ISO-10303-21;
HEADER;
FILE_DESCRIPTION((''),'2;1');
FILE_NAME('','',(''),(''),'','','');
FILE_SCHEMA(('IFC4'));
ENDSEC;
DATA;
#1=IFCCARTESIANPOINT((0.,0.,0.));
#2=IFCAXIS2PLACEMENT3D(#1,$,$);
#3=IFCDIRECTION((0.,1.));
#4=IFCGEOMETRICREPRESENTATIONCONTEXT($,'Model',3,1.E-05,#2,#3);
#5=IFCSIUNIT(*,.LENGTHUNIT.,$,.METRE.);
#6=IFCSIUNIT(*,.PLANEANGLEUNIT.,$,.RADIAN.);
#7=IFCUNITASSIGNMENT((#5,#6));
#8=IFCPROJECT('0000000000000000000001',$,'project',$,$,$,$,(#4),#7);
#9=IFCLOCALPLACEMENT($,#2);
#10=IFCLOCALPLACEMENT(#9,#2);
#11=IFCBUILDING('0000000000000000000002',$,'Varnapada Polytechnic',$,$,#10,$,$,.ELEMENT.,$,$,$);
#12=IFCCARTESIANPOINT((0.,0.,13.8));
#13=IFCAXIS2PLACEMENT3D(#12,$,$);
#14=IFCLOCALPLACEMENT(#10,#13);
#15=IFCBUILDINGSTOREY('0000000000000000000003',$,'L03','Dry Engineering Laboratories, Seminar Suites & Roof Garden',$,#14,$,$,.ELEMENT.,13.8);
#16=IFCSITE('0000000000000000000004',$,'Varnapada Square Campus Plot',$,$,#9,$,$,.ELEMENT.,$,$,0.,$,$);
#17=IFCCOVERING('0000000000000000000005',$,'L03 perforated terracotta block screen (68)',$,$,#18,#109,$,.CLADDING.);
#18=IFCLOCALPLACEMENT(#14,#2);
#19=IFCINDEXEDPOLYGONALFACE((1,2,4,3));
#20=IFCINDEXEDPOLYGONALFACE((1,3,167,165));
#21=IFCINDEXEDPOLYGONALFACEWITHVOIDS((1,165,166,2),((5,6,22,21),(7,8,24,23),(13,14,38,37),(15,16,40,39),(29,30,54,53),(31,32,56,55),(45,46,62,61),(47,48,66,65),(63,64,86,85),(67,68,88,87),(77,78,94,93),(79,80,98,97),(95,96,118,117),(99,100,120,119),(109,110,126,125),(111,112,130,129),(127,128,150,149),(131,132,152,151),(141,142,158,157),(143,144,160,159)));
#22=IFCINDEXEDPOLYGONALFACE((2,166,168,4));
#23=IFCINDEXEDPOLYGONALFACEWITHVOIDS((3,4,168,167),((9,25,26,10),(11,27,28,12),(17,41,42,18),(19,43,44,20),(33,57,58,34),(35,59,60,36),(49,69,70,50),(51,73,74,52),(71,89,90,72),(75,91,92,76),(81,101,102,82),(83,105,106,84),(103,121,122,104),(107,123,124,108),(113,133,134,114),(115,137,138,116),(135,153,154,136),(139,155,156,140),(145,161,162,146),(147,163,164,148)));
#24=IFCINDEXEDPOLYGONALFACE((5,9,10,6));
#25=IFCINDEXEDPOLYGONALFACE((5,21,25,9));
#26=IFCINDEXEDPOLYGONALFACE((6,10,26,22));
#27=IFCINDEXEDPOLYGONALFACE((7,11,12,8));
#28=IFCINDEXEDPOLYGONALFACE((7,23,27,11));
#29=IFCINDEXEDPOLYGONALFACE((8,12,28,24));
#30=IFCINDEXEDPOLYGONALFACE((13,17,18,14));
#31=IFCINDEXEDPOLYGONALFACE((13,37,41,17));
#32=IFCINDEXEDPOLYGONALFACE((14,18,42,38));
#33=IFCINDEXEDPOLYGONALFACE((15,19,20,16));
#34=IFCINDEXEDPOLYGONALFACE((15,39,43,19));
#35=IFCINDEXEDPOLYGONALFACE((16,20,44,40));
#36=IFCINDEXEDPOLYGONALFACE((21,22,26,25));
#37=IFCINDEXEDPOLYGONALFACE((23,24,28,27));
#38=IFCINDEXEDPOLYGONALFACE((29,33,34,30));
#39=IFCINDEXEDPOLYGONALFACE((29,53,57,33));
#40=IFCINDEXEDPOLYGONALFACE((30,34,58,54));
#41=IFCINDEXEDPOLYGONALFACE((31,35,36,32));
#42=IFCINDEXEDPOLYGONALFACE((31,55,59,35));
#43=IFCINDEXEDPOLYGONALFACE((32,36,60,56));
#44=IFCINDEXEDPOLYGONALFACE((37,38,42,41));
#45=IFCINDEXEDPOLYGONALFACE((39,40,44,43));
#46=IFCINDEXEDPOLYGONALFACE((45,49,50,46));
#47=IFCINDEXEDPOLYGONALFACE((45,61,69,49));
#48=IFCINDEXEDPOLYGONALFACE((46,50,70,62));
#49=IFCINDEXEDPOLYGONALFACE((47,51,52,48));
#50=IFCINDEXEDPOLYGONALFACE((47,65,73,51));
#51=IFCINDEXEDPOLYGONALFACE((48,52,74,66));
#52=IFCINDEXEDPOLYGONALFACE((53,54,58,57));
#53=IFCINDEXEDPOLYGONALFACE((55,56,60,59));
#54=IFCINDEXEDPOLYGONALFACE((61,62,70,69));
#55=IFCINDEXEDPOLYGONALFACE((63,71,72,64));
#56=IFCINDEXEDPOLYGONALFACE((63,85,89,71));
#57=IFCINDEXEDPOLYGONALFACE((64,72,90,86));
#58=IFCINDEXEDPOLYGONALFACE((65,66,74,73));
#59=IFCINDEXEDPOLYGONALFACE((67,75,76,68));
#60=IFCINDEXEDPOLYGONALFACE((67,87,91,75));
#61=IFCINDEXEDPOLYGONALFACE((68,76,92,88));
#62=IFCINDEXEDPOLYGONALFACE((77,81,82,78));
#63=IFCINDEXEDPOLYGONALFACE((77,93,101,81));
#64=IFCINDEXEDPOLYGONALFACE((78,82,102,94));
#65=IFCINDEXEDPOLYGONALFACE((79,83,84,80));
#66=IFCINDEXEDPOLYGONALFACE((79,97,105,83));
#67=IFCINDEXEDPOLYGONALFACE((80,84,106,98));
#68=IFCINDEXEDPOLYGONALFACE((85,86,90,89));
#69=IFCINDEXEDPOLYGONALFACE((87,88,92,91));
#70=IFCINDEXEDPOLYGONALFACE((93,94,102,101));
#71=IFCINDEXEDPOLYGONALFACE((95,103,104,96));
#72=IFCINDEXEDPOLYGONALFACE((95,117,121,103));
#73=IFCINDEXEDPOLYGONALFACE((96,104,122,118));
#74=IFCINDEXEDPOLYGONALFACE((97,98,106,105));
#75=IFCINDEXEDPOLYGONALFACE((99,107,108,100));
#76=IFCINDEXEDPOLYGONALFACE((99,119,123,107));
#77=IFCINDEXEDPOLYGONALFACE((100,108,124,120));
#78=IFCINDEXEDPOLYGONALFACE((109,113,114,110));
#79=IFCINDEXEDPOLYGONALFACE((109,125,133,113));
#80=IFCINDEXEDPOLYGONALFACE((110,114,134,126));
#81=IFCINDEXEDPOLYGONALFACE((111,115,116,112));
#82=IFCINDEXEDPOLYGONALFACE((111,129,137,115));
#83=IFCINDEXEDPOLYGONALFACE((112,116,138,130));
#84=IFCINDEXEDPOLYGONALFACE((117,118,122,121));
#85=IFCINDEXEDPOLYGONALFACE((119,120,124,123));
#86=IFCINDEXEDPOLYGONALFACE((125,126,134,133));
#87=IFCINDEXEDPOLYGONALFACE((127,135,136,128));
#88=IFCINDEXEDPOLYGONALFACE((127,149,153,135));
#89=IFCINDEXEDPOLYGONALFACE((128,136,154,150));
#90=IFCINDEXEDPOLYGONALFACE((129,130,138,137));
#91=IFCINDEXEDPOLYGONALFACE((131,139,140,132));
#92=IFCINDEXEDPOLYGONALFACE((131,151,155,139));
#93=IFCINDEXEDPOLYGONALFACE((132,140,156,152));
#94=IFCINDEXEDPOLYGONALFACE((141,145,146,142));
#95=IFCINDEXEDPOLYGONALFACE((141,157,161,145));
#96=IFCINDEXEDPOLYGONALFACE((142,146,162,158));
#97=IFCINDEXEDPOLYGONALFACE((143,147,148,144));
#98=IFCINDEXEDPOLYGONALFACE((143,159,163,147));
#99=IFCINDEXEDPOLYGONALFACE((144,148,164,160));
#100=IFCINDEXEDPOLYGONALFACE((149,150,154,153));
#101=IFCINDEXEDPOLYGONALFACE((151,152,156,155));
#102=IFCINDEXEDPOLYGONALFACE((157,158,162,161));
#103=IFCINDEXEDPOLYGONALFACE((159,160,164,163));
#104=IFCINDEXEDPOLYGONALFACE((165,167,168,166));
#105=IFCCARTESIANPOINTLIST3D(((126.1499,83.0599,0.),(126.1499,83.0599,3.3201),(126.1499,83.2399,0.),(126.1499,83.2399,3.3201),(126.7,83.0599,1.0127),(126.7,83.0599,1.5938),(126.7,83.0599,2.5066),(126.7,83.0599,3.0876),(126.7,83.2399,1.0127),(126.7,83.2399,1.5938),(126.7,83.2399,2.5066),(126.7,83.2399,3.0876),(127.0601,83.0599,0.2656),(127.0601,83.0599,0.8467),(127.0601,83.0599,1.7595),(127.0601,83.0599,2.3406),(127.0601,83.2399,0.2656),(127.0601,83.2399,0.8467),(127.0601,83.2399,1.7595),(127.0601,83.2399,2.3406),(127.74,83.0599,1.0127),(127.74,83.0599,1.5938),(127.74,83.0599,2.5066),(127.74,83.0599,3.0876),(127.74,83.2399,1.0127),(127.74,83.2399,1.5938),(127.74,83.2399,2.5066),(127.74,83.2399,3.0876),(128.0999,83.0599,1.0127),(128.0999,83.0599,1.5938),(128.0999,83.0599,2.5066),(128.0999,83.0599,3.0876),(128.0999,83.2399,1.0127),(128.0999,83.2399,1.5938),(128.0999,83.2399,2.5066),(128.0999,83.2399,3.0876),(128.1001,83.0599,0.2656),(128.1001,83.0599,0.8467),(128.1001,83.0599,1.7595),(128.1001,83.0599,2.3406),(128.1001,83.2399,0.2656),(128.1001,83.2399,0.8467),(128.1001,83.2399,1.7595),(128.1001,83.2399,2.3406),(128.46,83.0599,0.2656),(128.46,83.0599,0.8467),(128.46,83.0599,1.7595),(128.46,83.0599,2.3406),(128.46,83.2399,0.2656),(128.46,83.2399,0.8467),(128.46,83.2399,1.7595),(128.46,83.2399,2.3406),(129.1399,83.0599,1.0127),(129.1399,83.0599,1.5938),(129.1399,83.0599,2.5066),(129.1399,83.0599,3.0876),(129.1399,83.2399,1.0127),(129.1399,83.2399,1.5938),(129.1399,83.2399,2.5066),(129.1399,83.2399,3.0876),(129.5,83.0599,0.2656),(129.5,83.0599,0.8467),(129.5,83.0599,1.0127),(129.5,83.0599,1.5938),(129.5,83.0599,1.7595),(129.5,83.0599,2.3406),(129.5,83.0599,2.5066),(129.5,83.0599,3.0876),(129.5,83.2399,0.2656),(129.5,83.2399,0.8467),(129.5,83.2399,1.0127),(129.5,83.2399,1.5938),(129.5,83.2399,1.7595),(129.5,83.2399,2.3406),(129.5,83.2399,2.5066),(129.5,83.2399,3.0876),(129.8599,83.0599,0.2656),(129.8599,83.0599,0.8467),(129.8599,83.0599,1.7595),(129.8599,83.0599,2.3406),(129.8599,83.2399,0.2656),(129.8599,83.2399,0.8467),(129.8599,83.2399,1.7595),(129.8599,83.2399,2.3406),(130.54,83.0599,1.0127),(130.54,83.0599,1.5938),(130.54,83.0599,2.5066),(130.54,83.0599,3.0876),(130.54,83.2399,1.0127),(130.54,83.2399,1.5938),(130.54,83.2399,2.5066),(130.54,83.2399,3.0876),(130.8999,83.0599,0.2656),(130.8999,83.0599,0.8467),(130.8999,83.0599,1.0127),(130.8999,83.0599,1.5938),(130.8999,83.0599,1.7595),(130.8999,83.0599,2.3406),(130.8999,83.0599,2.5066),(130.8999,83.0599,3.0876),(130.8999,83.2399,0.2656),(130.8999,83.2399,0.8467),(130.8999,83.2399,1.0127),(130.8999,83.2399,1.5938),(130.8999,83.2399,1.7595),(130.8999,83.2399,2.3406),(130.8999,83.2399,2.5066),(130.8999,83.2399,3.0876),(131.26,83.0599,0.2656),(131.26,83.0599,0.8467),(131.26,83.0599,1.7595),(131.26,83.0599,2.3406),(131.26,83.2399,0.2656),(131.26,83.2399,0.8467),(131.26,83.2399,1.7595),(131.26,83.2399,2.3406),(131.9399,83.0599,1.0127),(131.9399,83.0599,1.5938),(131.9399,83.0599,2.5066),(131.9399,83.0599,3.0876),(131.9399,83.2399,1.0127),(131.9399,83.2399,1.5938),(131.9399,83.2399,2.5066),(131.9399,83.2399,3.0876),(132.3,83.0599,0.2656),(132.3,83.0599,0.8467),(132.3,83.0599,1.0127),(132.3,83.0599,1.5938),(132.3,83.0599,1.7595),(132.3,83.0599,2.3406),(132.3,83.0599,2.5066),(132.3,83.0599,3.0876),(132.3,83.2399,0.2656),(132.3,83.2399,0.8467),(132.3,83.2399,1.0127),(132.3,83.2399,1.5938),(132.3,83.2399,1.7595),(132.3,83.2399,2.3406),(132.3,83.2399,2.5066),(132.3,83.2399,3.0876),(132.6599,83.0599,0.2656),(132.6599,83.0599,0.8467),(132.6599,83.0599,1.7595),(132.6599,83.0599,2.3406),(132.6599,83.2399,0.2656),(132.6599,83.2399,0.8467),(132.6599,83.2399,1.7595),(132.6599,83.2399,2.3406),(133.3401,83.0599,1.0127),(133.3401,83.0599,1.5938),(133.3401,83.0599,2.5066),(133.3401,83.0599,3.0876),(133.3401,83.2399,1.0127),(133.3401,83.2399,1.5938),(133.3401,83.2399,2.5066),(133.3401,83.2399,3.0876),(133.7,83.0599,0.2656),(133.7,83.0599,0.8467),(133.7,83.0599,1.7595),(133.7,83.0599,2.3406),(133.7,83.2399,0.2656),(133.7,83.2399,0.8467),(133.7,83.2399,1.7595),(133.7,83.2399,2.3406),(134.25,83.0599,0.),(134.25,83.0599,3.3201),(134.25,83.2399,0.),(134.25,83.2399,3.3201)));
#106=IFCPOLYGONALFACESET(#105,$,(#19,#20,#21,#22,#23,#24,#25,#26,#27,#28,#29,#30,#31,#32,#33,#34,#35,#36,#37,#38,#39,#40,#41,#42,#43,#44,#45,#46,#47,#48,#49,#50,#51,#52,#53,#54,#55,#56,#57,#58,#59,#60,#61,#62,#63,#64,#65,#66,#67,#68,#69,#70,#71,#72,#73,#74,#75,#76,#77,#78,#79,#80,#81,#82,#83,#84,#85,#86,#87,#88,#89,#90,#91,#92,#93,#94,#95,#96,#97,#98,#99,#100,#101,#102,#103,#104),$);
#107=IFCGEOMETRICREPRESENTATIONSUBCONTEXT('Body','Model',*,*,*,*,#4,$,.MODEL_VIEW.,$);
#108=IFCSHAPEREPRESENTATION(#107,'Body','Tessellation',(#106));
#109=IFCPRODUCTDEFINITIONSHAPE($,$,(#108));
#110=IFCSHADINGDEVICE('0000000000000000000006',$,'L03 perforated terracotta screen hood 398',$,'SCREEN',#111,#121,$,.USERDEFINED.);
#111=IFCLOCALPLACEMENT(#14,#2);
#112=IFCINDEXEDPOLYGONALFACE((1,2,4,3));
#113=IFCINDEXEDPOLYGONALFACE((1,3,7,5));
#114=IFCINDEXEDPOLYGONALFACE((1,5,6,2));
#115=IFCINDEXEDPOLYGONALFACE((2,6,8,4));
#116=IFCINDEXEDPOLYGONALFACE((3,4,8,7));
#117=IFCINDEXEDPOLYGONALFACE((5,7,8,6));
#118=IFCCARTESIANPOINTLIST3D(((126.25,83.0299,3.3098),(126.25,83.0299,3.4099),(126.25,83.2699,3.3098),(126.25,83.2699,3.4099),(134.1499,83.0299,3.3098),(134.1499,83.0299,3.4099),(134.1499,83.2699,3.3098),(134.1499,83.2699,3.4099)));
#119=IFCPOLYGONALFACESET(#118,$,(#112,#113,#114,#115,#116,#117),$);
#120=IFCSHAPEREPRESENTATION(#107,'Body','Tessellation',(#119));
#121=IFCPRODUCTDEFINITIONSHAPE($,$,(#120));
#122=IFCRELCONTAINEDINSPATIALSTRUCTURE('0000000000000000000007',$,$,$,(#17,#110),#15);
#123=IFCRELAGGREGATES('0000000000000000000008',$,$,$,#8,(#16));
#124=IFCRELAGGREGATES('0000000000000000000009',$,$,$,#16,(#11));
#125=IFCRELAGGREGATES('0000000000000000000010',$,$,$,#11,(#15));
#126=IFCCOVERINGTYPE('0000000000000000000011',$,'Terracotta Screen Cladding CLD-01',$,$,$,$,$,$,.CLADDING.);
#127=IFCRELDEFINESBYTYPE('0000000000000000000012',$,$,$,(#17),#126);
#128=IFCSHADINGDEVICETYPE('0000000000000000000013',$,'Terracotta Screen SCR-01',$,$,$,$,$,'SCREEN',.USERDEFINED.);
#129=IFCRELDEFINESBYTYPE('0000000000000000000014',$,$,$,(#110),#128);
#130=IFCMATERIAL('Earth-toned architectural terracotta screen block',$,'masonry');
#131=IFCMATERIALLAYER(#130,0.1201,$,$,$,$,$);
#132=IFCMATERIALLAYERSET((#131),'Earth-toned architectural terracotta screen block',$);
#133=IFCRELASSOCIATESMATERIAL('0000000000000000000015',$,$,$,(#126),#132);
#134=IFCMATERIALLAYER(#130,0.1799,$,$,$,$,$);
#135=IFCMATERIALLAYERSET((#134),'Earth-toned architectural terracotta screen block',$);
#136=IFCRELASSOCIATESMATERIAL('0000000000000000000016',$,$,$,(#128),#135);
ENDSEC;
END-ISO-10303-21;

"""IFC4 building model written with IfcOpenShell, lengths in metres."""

from ifc_helpers import new_model, si_unit, direction, frame, frame_2d, origin, origin_2d, place, context, subcontext, project, spatial, rectangle, extrude, material, layer, layer_set, type_object, element, save


model = new_model("IFC4")

# Units and contexts
model_context = context("Model", 3, precision=1e-05, world=origin(), true_north=direction((0.0, 1.0)))
body_context = subcontext(model_context, "Body", "Model", "MODEL_VIEW")
ifc_project = project(units=[si_unit("LENGTHUNIT", "METRE"), si_unit("PLANEANGLEUNIT", "RADIAN")], contexts=[model_context])

# Site, building, storey
site_placement = place(None, origin())
site = spatial("IfcSite", under=ifc_project, at=site_placement, Name="Varnapada Square Campus Plot", CompositionType="ELEMENT", RefElevation=0.0)
building_placement = place(site_placement, origin())
building = spatial("IfcBuilding", under=site, at=building_placement, Name="Varnapada Polytechnic", CompositionType="ELEMENT")
storey_placement = place(building_placement, frame((0.0, 0.0, 13.8)))
storey = spatial("IfcBuildingStorey", under=building, at=storey_placement, Name="L03", Description="Dry Engineering Laboratories, Seminar Suites & Roof Garden", CompositionType="ELEMENT", Elevation=13.8)

# Covering, openings
ifc_material_1 = material(Name="Earth-toned architectural terracotta screen block", Category="masonry")
ifc_layer_1 = layer(ifc_material_1, 0.1201)
ifc_layer_set_1 = layer_set([ifc_layer_1], Name="Earth-toned architectural terracotta screen block")
covering_type = type_object("IfcCoveringType", Name="Terracotta Screen Cladding CLD-01", PredefinedType="CLADDING", material=ifc_layer_set_1)
covering_placement = place(storey_placement, frame((134.25, 83.1499, 0.0), z_axis=(0.0, 0.0, 1.0), x_axis=(-1.0, 0.0, 0.0)))
covering = element("IfcCovering", 1, at=covering_placement, inside=storey, type_object=covering_type, Name="L03 perforated terracotta block screen (68)", PredefinedType="CLADDING", context=body_context, shape_type="SweptSolid", body=[
    extrude(rectangle(XDim=8.1001, YDim=0.1799, at=frame_2d((4.05, 0.0))), origin(), (0.0, 0.0, 1.0), 3.3201),
])
opening_1_placement = place(covering_placement, frame((0.55, 0.0, 0.2656)))
element("IfcOpeningElement", 2, at=opening_1_placement, cuts=covering, PredefinedType="OPENING", context=body_context, shape_type="SweptSolid", body=[
    extrude(rectangle(XDim=1.04, YDim=0.5811, at=frame_2d((0.52, 0.2905))), frame((0.0, 0.0999, 0.0), z_axis=(0.0, -1.0, 0.0), x_axis=(1.0, 0.0, 0.0)), (0.0, 0.0, 1.0), 0.2),
])
opening_2_placement = place(covering_placement, frame((1.95, 0.0, 0.2656)))
element("IfcOpeningElement", 3, at=opening_2_placement, cuts=covering, PredefinedType="OPENING", context=body_context, shape_type="SweptSolid", body=[
    extrude(rectangle(XDim=1.04, YDim=0.5811, at=frame_2d((0.52, 0.2905))), frame((0.0, 0.0999, 0.0), z_axis=(0.0, -1.0, 0.0), x_axis=(1.0, 0.0, 0.0)), (0.0, 0.0, 1.0), 0.2),
])
opening_3_placement = place(covering_placement, frame((3.3501, 0.0, 0.2656)))
element("IfcOpeningElement", 4, at=opening_3_placement, cuts=covering, PredefinedType="OPENING", context=body_context, shape_type="SweptSolid", body=[
    extrude(rectangle(XDim=1.04, YDim=0.5811, at=frame_2d((0.52, 0.2905))), frame((0.0, 0.0999, 0.0), z_axis=(0.0, -1.0, 0.0), x_axis=(1.0, 0.0, 0.0)), (0.0, 0.0, 1.0), 0.2),
])
opening_4_placement = place(covering_placement, frame((4.75, 0.0, 0.2656)))
element("IfcOpeningElement", 5, at=opening_4_placement, cuts=covering, PredefinedType="OPENING", context=body_context, shape_type="SweptSolid", body=[
    extrude(rectangle(XDim=1.04, YDim=0.5811, at=frame_2d((0.52, 0.2905))), frame((0.0, 0.0999, 0.0), z_axis=(0.0, -1.0, 0.0), x_axis=(1.0, 0.0, 0.0)), (0.0, 0.0, 1.0), 0.2),
])
opening_5_placement = place(covering_placement, frame((6.1499, 0.0, 0.2656)))
element("IfcOpeningElement", 6, at=opening_5_placement, cuts=covering, PredefinedType="OPENING", context=body_context, shape_type="SweptSolid", body=[
    extrude(rectangle(XDim=1.04, YDim=0.5811, at=frame_2d((0.52, 0.2905))), frame((0.0, 0.0999, 0.0), z_axis=(0.0, -1.0, 0.0), x_axis=(1.0, 0.0, 0.0)), (0.0, 0.0, 1.0), 0.2),
])
opening_6_placement = place(covering_placement, frame((0.9099, 0.0, 1.0127)))
element("IfcOpeningElement", 7, at=opening_6_placement, cuts=covering, PredefinedType="OPENING", context=body_context, shape_type="SweptSolid", body=[
    extrude(rectangle(XDim=1.04, YDim=0.5811, at=frame_2d((0.52, 0.2905))), frame((0.0, 0.0999, 0.0), z_axis=(0.0, -1.0, 0.0), x_axis=(1.0, 0.0, 0.0)), (0.0, 0.0, 1.0), 0.2),
])
opening_7_placement = place(covering_placement, frame((2.3101, 0.0, 1.0127)))
element("IfcOpeningElement", 8, at=opening_7_placement, cuts=covering, PredefinedType="OPENING", context=body_context, shape_type="SweptSolid", body=[
    extrude(rectangle(XDim=1.04, YDim=0.5811, at=frame_2d((0.52, 0.2905))), frame((0.0, 0.0999, 0.0), z_axis=(0.0, -1.0, 0.0), x_axis=(1.0, 0.0, 0.0)), (0.0, 0.0, 1.0), 0.2),
])
opening_8_placement = place(covering_placement, frame((3.71, 0.0, 1.0127)))
element("IfcOpeningElement", 9, at=opening_8_placement, cuts=covering, PredefinedType="OPENING", context=body_context, shape_type="SweptSolid", body=[
    extrude(rectangle(XDim=1.04, YDim=0.5811, at=frame_2d((0.52, 0.2905))), frame((0.0, 0.0999, 0.0), z_axis=(0.0, -1.0, 0.0), x_axis=(1.0, 0.0, 0.0)), (0.0, 0.0, 1.0), 0.2),
])
opening_9_placement = place(covering_placement, frame((5.1101, 0.0, 1.0127)))
element("IfcOpeningElement", 10, at=opening_9_placement, cuts=covering, PredefinedType="OPENING", context=body_context, shape_type="SweptSolid", body=[
    extrude(rectangle(XDim=1.04, YDim=0.5811, at=frame_2d((0.52, 0.2905))), frame((0.0, 0.0999, 0.0), z_axis=(0.0, -1.0, 0.0), x_axis=(1.0, 0.0, 0.0)), (0.0, 0.0, 1.0), 0.2),
])
opening_10_placement = place(covering_placement, frame((6.51, 0.0, 1.0127)))
element("IfcOpeningElement", 11, at=opening_10_placement, cuts=covering, PredefinedType="OPENING", context=body_context, shape_type="SweptSolid", body=[
    extrude(rectangle(XDim=1.04, YDim=0.5811, at=frame_2d((0.52, 0.2905))), frame((0.0, 0.0999, 0.0), z_axis=(0.0, -1.0, 0.0), x_axis=(1.0, 0.0, 0.0)), (0.0, 0.0, 1.0), 0.2),
])
opening_11_placement = place(covering_placement, frame((0.55, 0.0, 1.7595)))
element("IfcOpeningElement", 12, at=opening_11_placement, cuts=covering, PredefinedType="OPENING", context=body_context, shape_type="SweptSolid", body=[
    extrude(rectangle(XDim=1.04, YDim=0.5811, at=frame_2d((0.52, 0.2905))), frame((0.0, 0.0999, 0.0), z_axis=(0.0, -1.0, 0.0), x_axis=(1.0, 0.0, 0.0)), (0.0, 0.0, 1.0), 0.2),
])
opening_12_placement = place(covering_placement, frame((1.95, 0.0, 1.7595)))
element("IfcOpeningElement", 13, at=opening_12_placement, cuts=covering, PredefinedType="OPENING", context=body_context, shape_type="SweptSolid", body=[
    extrude(rectangle(XDim=1.04, YDim=0.5811, at=frame_2d((0.52, 0.2905))), frame((0.0, 0.0999, 0.0), z_axis=(0.0, -1.0, 0.0), x_axis=(1.0, 0.0, 0.0)), (0.0, 0.0, 1.0), 0.2),
])
opening_13_placement = place(covering_placement, frame((3.3501, 0.0, 1.7595)))
element("IfcOpeningElement", 14, at=opening_13_placement, cuts=covering, PredefinedType="OPENING", context=body_context, shape_type="SweptSolid", body=[
    extrude(rectangle(XDim=1.04, YDim=0.5811, at=frame_2d((0.52, 0.2905))), frame((0.0, 0.0999, 0.0), z_axis=(0.0, -1.0, 0.0), x_axis=(1.0, 0.0, 0.0)), (0.0, 0.0, 1.0), 0.2),
])
opening_14_placement = place(covering_placement, frame((4.75, 0.0, 1.7595)))
element("IfcOpeningElement", 15, at=opening_14_placement, cuts=covering, PredefinedType="OPENING", context=body_context, shape_type="SweptSolid", body=[
    extrude(rectangle(XDim=1.04, YDim=0.5811, at=frame_2d((0.52, 0.2905))), frame((0.0, 0.0999, 0.0), z_axis=(0.0, -1.0, 0.0), x_axis=(1.0, 0.0, 0.0)), (0.0, 0.0, 1.0), 0.2),
])
opening_15_placement = place(covering_placement, frame((6.1499, 0.0, 1.7595)))
element("IfcOpeningElement", 16, at=opening_15_placement, cuts=covering, PredefinedType="OPENING", context=body_context, shape_type="SweptSolid", body=[
    extrude(rectangle(XDim=1.04, YDim=0.5811, at=frame_2d((0.52, 0.2905))), frame((0.0, 0.0999, 0.0), z_axis=(0.0, -1.0, 0.0), x_axis=(1.0, 0.0, 0.0)), (0.0, 0.0, 1.0), 0.2),
])
opening_16_placement = place(covering_placement, frame((0.9099, 0.0, 2.5066)))
element("IfcOpeningElement", 17, at=opening_16_placement, cuts=covering, PredefinedType="OPENING", context=body_context, shape_type="SweptSolid", body=[
    extrude(rectangle(XDim=1.04, YDim=0.5811, at=frame_2d((0.52, 0.2905))), frame((0.0, 0.0999, 0.0), z_axis=(0.0, -1.0, 0.0), x_axis=(1.0, 0.0, 0.0)), (0.0, 0.0, 1.0), 0.2),
])
opening_17_placement = place(covering_placement, frame((2.3101, 0.0, 2.5066)))
element("IfcOpeningElement", 18, at=opening_17_placement, cuts=covering, PredefinedType="OPENING", context=body_context, shape_type="SweptSolid", body=[
    extrude(rectangle(XDim=1.04, YDim=0.5811, at=frame_2d((0.52, 0.2905))), frame((0.0, 0.0999, 0.0), z_axis=(0.0, -1.0, 0.0), x_axis=(1.0, 0.0, 0.0)), (0.0, 0.0, 1.0), 0.2),
])
opening_18_placement = place(covering_placement, frame((3.71, 0.0, 2.5066)))
element("IfcOpeningElement", 19, at=opening_18_placement, cuts=covering, PredefinedType="OPENING", context=body_context, shape_type="SweptSolid", body=[
    extrude(rectangle(XDim=1.04, YDim=0.5811, at=frame_2d((0.52, 0.2905))), frame((0.0, 0.0999, 0.0), z_axis=(0.0, -1.0, 0.0), x_axis=(1.0, 0.0, 0.0)), (0.0, 0.0, 1.0), 0.2),
])
opening_19_placement = place(covering_placement, frame((5.1101, 0.0, 2.5066)))
element("IfcOpeningElement", 20, at=opening_19_placement, cuts=covering, PredefinedType="OPENING", context=body_context, shape_type="SweptSolid", body=[
    extrude(rectangle(XDim=1.04, YDim=0.5811, at=frame_2d((0.52, 0.2905))), frame((0.0, 0.0999, 0.0), z_axis=(0.0, -1.0, 0.0), x_axis=(1.0, 0.0, 0.0)), (0.0, 0.0, 1.0), 0.2),
])
opening_20_placement = place(covering_placement, frame((6.51, 0.0, 2.5066)))
element("IfcOpeningElement", 21, at=opening_20_placement, cuts=covering, PredefinedType="OPENING", context=body_context, shape_type="SweptSolid", body=[
    extrude(rectangle(XDim=1.04, YDim=0.5811, at=frame_2d((0.52, 0.2905))), frame((0.0, 0.0999, 0.0), z_axis=(0.0, -1.0, 0.0), x_axis=(1.0, 0.0, 0.0)), (0.0, 0.0, 1.0), 0.2),
])

# Shading device
ifc_layer_2 = layer(ifc_material_1, 0.1799)
ifc_layer_set_2 = layer_set([ifc_layer_2], Name="Earth-toned architectural terracotta screen block")
shading_device_type = type_object("IfcShadingDeviceType", Name="Terracotta Screen SCR-01", ElementType="SCREEN", PredefinedType="USERDEFINED", material=ifc_layer_set_2)
shading_device_placement = place(storey_placement, frame((130.2, 83.1499, 3.3098), z_axis=(0.0, 0.0, 1.0), x_axis=(-1.0, 0.0, 0.0)))
element("IfcShadingDevice", 22, at=shading_device_placement, inside=storey, type_object=shading_device_type, Name="L03 perforated terracotta screen hood 398", ObjectType="SCREEN", PredefinedType="USERDEFINED", context=body_context, shape_type="SweptSolid", body=[
    extrude(rectangle(XDim=7.8999, YDim=0.24, at=origin_2d()), origin(), (0.0, 0.0, 1.0), 0.1001),
])

save(model, "model.ifc")
